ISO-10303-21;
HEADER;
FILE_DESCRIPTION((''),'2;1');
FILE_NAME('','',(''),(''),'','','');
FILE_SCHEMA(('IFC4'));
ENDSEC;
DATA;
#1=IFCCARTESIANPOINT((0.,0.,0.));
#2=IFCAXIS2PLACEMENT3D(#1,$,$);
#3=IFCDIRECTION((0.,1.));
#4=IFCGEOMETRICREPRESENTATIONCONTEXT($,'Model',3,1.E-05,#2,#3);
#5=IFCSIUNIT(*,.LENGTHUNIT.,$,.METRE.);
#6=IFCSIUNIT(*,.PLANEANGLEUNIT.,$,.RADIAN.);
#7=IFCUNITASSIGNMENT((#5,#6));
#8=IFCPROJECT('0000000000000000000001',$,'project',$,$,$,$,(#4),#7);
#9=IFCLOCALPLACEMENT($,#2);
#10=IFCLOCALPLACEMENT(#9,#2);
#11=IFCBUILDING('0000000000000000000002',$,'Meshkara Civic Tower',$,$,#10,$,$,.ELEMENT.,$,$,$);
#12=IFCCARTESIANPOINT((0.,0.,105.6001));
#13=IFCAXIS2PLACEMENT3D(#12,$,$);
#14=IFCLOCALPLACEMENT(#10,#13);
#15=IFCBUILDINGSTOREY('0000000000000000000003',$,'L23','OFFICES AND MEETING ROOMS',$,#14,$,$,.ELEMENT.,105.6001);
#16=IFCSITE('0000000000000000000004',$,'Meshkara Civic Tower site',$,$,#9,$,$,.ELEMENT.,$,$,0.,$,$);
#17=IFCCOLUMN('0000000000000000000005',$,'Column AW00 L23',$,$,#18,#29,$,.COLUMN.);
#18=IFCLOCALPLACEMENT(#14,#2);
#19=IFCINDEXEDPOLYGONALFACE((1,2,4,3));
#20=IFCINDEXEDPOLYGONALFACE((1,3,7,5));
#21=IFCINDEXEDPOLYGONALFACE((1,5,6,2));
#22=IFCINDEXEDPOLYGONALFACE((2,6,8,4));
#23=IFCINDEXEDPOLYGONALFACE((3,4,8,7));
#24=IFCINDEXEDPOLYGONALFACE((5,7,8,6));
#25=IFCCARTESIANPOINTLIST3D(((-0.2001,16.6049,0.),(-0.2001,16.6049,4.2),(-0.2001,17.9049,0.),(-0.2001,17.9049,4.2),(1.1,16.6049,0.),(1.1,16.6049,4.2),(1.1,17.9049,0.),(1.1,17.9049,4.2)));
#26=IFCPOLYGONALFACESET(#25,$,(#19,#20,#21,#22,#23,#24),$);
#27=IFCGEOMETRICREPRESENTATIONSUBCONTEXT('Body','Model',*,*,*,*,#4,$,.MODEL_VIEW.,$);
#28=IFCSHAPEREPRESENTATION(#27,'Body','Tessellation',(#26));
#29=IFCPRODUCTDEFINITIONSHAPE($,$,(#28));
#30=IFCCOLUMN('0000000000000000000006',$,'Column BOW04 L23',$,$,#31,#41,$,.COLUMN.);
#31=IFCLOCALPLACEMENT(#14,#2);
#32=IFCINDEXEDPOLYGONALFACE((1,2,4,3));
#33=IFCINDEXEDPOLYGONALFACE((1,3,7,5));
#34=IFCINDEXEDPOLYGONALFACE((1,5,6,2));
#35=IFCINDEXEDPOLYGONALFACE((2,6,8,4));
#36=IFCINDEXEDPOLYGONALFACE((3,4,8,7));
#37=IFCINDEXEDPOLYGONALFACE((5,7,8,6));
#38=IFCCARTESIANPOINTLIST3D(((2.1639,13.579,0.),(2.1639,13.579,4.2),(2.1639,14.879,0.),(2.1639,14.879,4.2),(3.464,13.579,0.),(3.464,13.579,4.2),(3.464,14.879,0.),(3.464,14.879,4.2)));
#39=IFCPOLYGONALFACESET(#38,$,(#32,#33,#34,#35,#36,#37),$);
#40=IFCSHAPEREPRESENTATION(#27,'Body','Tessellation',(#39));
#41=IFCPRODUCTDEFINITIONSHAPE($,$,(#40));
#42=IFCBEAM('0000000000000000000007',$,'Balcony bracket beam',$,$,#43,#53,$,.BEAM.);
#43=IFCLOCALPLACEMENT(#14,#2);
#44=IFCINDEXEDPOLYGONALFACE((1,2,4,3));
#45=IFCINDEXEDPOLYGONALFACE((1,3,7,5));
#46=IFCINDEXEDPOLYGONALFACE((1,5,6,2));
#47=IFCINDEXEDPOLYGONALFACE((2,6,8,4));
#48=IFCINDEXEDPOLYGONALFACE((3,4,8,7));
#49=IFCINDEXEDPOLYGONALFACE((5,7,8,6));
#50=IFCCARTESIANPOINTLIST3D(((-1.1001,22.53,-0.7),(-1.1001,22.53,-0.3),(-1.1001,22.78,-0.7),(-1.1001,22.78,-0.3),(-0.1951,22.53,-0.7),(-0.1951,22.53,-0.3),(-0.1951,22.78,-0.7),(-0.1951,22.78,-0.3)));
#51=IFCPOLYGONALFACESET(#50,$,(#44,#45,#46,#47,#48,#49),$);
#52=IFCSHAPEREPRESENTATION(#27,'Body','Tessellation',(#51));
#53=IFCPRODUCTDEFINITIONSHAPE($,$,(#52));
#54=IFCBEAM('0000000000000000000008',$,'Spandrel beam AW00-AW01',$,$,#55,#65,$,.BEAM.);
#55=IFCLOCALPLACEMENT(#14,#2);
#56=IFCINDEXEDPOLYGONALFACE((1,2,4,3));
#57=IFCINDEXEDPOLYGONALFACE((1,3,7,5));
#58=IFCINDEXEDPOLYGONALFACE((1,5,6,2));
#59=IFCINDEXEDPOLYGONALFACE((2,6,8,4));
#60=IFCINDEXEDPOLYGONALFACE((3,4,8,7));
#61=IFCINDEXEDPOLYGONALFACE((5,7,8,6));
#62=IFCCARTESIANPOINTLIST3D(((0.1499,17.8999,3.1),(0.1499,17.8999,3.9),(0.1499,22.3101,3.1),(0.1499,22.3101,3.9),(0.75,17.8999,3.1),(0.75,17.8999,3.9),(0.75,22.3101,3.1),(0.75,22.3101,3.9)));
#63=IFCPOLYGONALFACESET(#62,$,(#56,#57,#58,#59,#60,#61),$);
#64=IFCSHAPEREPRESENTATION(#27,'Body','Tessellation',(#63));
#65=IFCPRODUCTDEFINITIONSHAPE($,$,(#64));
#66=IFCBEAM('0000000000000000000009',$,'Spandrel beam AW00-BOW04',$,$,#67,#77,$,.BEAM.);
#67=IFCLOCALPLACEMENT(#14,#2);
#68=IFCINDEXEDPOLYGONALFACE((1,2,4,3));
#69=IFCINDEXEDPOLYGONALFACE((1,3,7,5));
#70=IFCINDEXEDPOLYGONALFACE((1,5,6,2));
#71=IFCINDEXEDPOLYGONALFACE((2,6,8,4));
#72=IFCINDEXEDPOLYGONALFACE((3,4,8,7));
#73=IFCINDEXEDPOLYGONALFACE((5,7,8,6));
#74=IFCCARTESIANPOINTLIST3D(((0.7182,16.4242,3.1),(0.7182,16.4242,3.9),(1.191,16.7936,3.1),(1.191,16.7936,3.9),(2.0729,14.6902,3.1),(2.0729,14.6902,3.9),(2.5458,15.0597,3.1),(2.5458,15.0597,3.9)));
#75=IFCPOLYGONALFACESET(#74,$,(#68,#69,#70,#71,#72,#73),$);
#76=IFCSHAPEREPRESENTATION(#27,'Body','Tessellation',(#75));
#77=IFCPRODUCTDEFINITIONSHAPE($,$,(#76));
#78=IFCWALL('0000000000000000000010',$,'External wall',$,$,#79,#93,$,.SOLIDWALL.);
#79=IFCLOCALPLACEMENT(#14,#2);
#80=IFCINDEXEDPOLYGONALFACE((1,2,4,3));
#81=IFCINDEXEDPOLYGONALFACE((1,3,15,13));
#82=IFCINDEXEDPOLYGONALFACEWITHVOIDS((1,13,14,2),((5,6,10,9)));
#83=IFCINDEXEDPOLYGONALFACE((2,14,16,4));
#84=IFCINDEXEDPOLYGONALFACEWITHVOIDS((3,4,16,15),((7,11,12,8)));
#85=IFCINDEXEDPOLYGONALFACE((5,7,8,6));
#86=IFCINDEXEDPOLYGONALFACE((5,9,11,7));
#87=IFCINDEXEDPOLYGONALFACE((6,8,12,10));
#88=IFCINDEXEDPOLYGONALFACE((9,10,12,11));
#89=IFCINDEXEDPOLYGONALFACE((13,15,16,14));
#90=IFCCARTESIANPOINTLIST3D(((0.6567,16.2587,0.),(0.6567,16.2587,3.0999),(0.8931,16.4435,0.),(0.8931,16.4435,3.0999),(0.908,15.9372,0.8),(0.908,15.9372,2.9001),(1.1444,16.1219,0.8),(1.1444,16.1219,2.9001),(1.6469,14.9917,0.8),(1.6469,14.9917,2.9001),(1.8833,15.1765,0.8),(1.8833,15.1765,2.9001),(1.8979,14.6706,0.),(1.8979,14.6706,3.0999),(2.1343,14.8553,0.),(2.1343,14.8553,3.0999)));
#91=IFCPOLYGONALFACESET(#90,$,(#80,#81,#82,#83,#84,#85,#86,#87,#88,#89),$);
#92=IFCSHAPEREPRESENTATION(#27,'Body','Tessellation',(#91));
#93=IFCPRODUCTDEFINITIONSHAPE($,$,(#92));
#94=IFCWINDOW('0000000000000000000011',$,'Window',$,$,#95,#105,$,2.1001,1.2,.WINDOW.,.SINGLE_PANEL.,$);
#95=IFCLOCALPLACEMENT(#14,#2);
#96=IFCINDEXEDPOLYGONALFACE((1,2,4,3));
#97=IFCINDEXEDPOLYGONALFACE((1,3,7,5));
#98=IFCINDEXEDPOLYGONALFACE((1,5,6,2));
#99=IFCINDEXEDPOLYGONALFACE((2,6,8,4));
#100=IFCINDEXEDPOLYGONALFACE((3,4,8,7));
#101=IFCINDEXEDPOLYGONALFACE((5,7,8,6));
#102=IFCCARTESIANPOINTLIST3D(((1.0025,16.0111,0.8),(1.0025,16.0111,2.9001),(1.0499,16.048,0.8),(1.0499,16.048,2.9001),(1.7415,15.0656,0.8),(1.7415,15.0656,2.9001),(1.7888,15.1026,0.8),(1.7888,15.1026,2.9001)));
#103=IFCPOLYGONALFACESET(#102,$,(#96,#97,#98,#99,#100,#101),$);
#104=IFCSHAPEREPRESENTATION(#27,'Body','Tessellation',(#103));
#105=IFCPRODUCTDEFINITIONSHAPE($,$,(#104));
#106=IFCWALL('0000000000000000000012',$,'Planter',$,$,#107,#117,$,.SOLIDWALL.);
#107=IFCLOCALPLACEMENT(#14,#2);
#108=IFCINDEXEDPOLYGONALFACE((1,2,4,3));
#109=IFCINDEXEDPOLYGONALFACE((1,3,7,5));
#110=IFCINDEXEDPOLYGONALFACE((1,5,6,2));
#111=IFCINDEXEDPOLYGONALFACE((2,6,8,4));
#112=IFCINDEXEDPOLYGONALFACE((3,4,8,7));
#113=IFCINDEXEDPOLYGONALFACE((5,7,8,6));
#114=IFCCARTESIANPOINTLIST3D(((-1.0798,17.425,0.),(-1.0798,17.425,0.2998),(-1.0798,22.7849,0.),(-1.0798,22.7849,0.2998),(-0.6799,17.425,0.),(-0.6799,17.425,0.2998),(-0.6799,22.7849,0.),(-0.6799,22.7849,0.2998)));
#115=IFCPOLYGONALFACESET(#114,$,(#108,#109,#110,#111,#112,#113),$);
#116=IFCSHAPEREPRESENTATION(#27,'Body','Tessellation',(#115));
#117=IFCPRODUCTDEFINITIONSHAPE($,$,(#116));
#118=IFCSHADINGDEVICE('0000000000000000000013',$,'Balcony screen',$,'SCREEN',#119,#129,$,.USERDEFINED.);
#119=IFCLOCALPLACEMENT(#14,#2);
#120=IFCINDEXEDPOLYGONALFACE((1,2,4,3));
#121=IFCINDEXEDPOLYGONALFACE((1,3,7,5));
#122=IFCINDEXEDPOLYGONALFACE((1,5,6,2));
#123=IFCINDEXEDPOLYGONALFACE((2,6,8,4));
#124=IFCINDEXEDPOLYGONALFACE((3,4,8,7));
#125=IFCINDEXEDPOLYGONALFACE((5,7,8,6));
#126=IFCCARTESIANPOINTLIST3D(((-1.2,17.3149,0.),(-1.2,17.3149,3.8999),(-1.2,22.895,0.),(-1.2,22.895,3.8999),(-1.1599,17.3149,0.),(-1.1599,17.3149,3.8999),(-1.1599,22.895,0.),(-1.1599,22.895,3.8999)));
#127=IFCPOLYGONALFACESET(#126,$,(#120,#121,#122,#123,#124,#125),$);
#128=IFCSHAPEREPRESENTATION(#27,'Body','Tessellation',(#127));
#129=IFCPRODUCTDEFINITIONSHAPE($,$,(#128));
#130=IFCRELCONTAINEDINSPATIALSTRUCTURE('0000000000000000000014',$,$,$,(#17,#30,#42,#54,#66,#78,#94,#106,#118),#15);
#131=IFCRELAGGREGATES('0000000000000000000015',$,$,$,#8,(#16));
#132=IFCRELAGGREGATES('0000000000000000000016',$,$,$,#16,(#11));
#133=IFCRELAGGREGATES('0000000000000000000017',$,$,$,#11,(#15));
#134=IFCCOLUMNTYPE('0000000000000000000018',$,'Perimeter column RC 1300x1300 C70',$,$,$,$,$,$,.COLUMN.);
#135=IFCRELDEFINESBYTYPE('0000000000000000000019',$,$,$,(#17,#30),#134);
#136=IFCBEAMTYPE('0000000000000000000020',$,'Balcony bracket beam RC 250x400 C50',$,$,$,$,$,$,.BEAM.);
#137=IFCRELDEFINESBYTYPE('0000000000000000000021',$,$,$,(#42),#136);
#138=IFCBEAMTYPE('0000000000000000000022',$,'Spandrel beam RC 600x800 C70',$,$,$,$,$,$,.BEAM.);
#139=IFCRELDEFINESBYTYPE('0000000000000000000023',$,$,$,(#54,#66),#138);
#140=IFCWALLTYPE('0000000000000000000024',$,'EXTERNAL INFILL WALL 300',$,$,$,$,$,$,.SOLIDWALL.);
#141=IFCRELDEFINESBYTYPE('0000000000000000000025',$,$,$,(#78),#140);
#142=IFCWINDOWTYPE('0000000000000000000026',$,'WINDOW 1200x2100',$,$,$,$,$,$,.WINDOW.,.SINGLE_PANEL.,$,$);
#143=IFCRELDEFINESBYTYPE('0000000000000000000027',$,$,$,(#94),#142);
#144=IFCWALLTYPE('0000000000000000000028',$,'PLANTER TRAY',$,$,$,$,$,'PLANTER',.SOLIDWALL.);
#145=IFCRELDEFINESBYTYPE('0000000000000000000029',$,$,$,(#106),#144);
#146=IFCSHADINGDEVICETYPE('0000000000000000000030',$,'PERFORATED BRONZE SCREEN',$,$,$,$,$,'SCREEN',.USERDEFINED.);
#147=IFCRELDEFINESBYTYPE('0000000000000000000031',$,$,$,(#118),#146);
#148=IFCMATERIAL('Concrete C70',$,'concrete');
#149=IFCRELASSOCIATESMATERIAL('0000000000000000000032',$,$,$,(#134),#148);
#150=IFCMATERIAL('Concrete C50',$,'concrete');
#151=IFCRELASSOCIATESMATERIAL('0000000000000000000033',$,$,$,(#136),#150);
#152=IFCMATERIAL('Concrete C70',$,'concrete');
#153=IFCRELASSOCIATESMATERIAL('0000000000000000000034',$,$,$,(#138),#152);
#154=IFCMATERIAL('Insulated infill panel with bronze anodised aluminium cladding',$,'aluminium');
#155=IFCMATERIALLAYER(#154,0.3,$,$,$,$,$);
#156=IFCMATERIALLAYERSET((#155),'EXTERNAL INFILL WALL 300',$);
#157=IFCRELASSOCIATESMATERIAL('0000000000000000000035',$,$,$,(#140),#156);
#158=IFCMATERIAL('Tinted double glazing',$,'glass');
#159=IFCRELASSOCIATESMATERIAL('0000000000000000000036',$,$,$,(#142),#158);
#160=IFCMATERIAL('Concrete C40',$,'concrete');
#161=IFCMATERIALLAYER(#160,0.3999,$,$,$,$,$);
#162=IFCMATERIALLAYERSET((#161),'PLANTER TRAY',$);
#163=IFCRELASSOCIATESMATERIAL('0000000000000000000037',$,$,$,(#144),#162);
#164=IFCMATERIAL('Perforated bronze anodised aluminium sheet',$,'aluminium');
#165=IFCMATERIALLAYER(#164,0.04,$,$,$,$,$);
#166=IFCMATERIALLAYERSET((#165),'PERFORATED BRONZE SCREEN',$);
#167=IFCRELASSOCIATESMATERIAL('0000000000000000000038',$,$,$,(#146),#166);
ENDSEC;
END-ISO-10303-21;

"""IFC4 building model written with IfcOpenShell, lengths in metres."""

from ifc_helpers import new_model, si_unit, direction, frame, frame_2d, origin, origin_2d, place, context, subcontext, project, spatial, rectangle, extrude, material, layer, layer_set, material_profile, profile_set, type_object, element, fill, save


model = new_model("IFC4")

# Units and contexts
model_context = context("Model", 3, precision=1e-05, world=origin(), true_north=direction((0.0, 1.0)))
body_context = subcontext(model_context, "Body", "Model", "MODEL_VIEW")
ifc_project = project(units=[si_unit("LENGTHUNIT", "METRE"), si_unit("PLANEANGLEUNIT", "RADIAN")], contexts=[model_context])

# Site, building, storey
site_placement = place(None, origin())
site = spatial("IfcSite", under=ifc_project, at=site_placement, Name="Meshkara Civic Tower site", CompositionType="ELEMENT", RefElevation=0.0)
building_placement = place(site_placement, origin())
building = spatial("IfcBuilding", under=site, at=building_placement, Name="Meshkara Civic Tower", CompositionType="ELEMENT")
storey_placement = place(building_placement, frame((0.0, 0.0, 105.6001)))
storey = spatial("IfcBuildingStorey", under=building, at=storey_placement, Name="L23", Description="OFFICES AND MEETING ROOMS", CompositionType="ELEMENT", Elevation=105.6001)

# Columns
ifc_material_1 = material(Name="Concrete C70", Category="concrete")
ifc_material_profile_1 = material_profile(ifc_material_1, rectangle(XDim=1.3, YDim=1.3, at=origin_2d()))
ifc_profile_set_1 = profile_set([ifc_material_profile_1], Name="Concrete C70")
column_type = type_object("IfcColumnType", Name="Perimeter column RC 1300x1300 C70", PredefinedType="COLUMN", material=ifc_profile_set_1)
for number, where, z_axis, x_axis, name in (
    (1, (0.45, 17.2549, 0.0), (0.0, 0.0, 1.0), (1.0, 0.0, 0.0), "Column AW00 L23"),
    (2, (2.814, 14.229, 0.0), (0.0, 0.0, 1.0), (1.0, 0.0, 0.0), "Column BOW04 L23"),
):
    element("IfcColumn", number, at=place(storey_placement, frame(where, z_axis=z_axis, x_axis=x_axis)), inside=storey, type_object=column_type, Name=name, PredefinedType="COLUMN", context=body_context, shape_type="SweptSolid", body=[
        extrude(rectangle(XDim=1.3, YDim=1.3, at=origin_2d()), origin(), (0.0, 0.0, 1.0), 4.2),
    ])

# Beams
ifc_material_2 = material(Name="Concrete C50", Category="concrete")
ifc_material_profile_2 = material_profile(ifc_material_2, rectangle(XDim=0.25, YDim=0.3999, at=origin_2d()))
ifc_profile_set_2 = profile_set([ifc_material_profile_2], Name="Concrete C50")
beam_type_1 = type_object("IfcBeamType", Name="Balcony bracket beam RC 250x400 C50", PredefinedType="BEAM", material=ifc_profile_set_2)
beam_1_placement = place(storey_placement, frame((-0.1951, 22.655, -0.5), z_axis=(-1.0, 0.0, 0.0), x_axis=(0.0, -1.0, 0.0)))
element("IfcBeam", 3, at=beam_1_placement, inside=storey, type_object=beam_type_1, Name="Balcony bracket beam", PredefinedType="BEAM", context=body_context, shape_type="SweptSolid", body=[
    extrude(rectangle(XDim=0.25, YDim=0.3999, at=origin_2d()), origin(), (0.0, 0.0, 1.0), 0.905),
])
ifc_material_3 = material(Name="Concrete C70", Category="concrete")
ifc_material_profile_3 = material_profile(ifc_material_3, rectangle(XDim=0.6001, YDim=0.8, at=origin_2d()))
ifc_profile_set_3 = profile_set([ifc_material_profile_3], Name="Concrete C70")
beam_type_2 = type_object("IfcBeamType", Name="Spandrel beam RC 600x800 C70", PredefinedType="BEAM", material=ifc_profile_set_3)
beam_2_placement = place(storey_placement, frame((0.45, 22.3101, 3.5), z_axis=(0.0, -1.0, 0.0), x_axis=(1.0, 0.0, 0.0)))
element("IfcBeam", 4, at=beam_2_placement, inside=storey, type_object=beam_type_2, Name="Spandrel beam AW00-AW01", PredefinedType="BEAM", context=body_context, shape_type="SweptSolid", body=[
    extrude(rectangle(XDim=0.6001, YDim=0.8, at=origin_2d()), origin(), (0.0, 0.0, 1.0), 4.4102),
])
beam_3_placement = place(storey_placement, frame((0.9546, 16.6089, 3.5), z_axis=(0.615683, -0.787994, 0.0), x_axis=(0.787994, 0.615683, 0.0)))
element("IfcBeam", 5, at=beam_3_placement, inside=storey, type_object=beam_type_2, Name="Spandrel beam AW00-BOW04", PredefinedType="BEAM", context=body_context, shape_type="SweptSolid", body=[
    extrude(rectangle(XDim=0.6001, YDim=0.8, at=origin_2d()), origin(), (0.0, 0.0, 1.0), 2.2004),
])

# Wall, opening, window
ifc_material_4 = material(Name="Insulated infill panel with bronze anodised aluminium cladding", Category="aluminium")
ifc_layer_1 = layer(ifc_material_4, 0.3)
ifc_layer_set_1 = layer_set([ifc_layer_1], Name="EXTERNAL INFILL WALL 300")
wall_type_1 = type_object("IfcWallType", Name="EXTERNAL INFILL WALL 300", PredefinedType="SOLIDWALL", material=ifc_layer_set_1)
wall_1_placement = place(storey_placement, frame((0.7749, 16.3511, 0.0), z_axis=(0.0, 0.0, 1.0), x_axis=(0.615792, -0.787909, 0.0)))
wall_1 = element("IfcWall", 6, at=wall_1_placement, inside=storey, type_object=wall_type_1, Name="External wall", PredefinedType="SOLIDWALL", context=body_context, shape_type="SweptSolid", body=[
    extrude(rectangle(XDim=2.0156, YDim=0.3, at=frame_2d((1.0078, 0.0))), origin(), (0.0, 0.0, 1.0), 3.0999),
])
opening_1_placement = place(wall_1_placement, frame((0.408, 0.0, 0.8)))
opening_1 = element("IfcOpeningElement", 7, at=opening_1_placement, cuts=wall_1, PredefinedType="OPENING", context=body_context, shape_type="SweptSolid", body=[
    extrude(rectangle(XDim=1.2, YDim=2.1001, at=frame_2d((0.6001, 1.05))), frame((0.0, 0.1599, 0.0), z_axis=(0.0, -1.0, 0.0), x_axis=(1.0, 0.0, 0.0)), (0.0, 0.0, 1.0), 0.3201),
])
ifc_material_5 = material(Name="Tinted double glazing", Category="glass")
window_type = type_object("IfcWindowType", Name="WINDOW 1200x2100", PartitioningType="SINGLE_PANEL", PredefinedType="WINDOW", material=ifc_material_5)
window_placement = place(opening_1_placement, origin())
window = element("IfcWindow", 8, at=window_placement, inside=storey, type_object=window_type, Name="Window", OverallHeight=2.1001, OverallWidth=1.2, PartitioningType="SINGLE_PANEL", PredefinedType="WINDOW", context=body_context, shape_type="SweptSolid", body=[
    extrude(rectangle(XDim=1.2, YDim=2.1001, at=frame_2d((0.6001, 1.05))), frame((0.0, 0.03, 0.0), z_axis=(0.0, -1.0, 0.0), x_axis=(1.0, 0.0, 0.0)), (0.0, 0.0, 1.0), 0.0601),
])
fill(opening_1, window)

# Wall
ifc_material_6 = material(Name="Concrete C40", Category="concrete")
ifc_layer_2 = layer(ifc_material_6, 0.3999)
ifc_layer_set_2 = layer_set([ifc_layer_2], Name="PLANTER TRAY")
wall_type_2 = type_object("IfcWallType", Name="PLANTER TRAY", ElementType="PLANTER", PredefinedType="SOLIDWALL", material=ifc_layer_set_2)
wall_2_placement = place(storey_placement, frame((-0.8799, 22.7849, 0.0), z_axis=(0.0, 0.0, 1.0), x_axis=(0.0, -1.0, 0.0)))
element("IfcWall", 9, at=wall_2_placement, inside=storey, type_object=wall_type_2, Name="Planter", PredefinedType="SOLIDWALL", context=body_context, shape_type="SweptSolid", body=[
    extrude(rectangle(XDim=5.3599, YDim=0.3999, at=frame_2d((2.6799, 0.0))), origin(), (0.0, 0.0, 1.0), 0.2998),
])

# Shading device
ifc_material_7 = material(Name="Perforated bronze anodised aluminium sheet", Category="aluminium")
ifc_layer_3 = layer(ifc_material_7, 0.04)
ifc_layer_set_3 = layer_set([ifc_layer_3], Name="PERFORATED BRONZE SCREEN")
shading_device_type = type_object("IfcShadingDeviceType", Name="PERFORATED BRONZE SCREEN", ElementType="SCREEN", PredefinedType="USERDEFINED", material=ifc_layer_set_3)
shading_device_placement = place(storey_placement, frame((-1.1799, 20.105, 0.0), z_axis=(0.0, 0.0, 1.0), x_axis=(0.0, -1.0, 0.0)))
element("IfcShadingDevice", 10, at=shading_device_placement, inside=storey, type_object=shading_device_type, Name="Balcony screen", ObjectType="SCREEN", PredefinedType="USERDEFINED", context=body_context, shape_type="SweptSolid", body=[
    extrude(rectangle(XDim=5.5801, YDim=0.04, at=origin_2d()), origin(), (0.0, 0.0, 1.0), 3.8999),
])

save(model, "model.ifc")
